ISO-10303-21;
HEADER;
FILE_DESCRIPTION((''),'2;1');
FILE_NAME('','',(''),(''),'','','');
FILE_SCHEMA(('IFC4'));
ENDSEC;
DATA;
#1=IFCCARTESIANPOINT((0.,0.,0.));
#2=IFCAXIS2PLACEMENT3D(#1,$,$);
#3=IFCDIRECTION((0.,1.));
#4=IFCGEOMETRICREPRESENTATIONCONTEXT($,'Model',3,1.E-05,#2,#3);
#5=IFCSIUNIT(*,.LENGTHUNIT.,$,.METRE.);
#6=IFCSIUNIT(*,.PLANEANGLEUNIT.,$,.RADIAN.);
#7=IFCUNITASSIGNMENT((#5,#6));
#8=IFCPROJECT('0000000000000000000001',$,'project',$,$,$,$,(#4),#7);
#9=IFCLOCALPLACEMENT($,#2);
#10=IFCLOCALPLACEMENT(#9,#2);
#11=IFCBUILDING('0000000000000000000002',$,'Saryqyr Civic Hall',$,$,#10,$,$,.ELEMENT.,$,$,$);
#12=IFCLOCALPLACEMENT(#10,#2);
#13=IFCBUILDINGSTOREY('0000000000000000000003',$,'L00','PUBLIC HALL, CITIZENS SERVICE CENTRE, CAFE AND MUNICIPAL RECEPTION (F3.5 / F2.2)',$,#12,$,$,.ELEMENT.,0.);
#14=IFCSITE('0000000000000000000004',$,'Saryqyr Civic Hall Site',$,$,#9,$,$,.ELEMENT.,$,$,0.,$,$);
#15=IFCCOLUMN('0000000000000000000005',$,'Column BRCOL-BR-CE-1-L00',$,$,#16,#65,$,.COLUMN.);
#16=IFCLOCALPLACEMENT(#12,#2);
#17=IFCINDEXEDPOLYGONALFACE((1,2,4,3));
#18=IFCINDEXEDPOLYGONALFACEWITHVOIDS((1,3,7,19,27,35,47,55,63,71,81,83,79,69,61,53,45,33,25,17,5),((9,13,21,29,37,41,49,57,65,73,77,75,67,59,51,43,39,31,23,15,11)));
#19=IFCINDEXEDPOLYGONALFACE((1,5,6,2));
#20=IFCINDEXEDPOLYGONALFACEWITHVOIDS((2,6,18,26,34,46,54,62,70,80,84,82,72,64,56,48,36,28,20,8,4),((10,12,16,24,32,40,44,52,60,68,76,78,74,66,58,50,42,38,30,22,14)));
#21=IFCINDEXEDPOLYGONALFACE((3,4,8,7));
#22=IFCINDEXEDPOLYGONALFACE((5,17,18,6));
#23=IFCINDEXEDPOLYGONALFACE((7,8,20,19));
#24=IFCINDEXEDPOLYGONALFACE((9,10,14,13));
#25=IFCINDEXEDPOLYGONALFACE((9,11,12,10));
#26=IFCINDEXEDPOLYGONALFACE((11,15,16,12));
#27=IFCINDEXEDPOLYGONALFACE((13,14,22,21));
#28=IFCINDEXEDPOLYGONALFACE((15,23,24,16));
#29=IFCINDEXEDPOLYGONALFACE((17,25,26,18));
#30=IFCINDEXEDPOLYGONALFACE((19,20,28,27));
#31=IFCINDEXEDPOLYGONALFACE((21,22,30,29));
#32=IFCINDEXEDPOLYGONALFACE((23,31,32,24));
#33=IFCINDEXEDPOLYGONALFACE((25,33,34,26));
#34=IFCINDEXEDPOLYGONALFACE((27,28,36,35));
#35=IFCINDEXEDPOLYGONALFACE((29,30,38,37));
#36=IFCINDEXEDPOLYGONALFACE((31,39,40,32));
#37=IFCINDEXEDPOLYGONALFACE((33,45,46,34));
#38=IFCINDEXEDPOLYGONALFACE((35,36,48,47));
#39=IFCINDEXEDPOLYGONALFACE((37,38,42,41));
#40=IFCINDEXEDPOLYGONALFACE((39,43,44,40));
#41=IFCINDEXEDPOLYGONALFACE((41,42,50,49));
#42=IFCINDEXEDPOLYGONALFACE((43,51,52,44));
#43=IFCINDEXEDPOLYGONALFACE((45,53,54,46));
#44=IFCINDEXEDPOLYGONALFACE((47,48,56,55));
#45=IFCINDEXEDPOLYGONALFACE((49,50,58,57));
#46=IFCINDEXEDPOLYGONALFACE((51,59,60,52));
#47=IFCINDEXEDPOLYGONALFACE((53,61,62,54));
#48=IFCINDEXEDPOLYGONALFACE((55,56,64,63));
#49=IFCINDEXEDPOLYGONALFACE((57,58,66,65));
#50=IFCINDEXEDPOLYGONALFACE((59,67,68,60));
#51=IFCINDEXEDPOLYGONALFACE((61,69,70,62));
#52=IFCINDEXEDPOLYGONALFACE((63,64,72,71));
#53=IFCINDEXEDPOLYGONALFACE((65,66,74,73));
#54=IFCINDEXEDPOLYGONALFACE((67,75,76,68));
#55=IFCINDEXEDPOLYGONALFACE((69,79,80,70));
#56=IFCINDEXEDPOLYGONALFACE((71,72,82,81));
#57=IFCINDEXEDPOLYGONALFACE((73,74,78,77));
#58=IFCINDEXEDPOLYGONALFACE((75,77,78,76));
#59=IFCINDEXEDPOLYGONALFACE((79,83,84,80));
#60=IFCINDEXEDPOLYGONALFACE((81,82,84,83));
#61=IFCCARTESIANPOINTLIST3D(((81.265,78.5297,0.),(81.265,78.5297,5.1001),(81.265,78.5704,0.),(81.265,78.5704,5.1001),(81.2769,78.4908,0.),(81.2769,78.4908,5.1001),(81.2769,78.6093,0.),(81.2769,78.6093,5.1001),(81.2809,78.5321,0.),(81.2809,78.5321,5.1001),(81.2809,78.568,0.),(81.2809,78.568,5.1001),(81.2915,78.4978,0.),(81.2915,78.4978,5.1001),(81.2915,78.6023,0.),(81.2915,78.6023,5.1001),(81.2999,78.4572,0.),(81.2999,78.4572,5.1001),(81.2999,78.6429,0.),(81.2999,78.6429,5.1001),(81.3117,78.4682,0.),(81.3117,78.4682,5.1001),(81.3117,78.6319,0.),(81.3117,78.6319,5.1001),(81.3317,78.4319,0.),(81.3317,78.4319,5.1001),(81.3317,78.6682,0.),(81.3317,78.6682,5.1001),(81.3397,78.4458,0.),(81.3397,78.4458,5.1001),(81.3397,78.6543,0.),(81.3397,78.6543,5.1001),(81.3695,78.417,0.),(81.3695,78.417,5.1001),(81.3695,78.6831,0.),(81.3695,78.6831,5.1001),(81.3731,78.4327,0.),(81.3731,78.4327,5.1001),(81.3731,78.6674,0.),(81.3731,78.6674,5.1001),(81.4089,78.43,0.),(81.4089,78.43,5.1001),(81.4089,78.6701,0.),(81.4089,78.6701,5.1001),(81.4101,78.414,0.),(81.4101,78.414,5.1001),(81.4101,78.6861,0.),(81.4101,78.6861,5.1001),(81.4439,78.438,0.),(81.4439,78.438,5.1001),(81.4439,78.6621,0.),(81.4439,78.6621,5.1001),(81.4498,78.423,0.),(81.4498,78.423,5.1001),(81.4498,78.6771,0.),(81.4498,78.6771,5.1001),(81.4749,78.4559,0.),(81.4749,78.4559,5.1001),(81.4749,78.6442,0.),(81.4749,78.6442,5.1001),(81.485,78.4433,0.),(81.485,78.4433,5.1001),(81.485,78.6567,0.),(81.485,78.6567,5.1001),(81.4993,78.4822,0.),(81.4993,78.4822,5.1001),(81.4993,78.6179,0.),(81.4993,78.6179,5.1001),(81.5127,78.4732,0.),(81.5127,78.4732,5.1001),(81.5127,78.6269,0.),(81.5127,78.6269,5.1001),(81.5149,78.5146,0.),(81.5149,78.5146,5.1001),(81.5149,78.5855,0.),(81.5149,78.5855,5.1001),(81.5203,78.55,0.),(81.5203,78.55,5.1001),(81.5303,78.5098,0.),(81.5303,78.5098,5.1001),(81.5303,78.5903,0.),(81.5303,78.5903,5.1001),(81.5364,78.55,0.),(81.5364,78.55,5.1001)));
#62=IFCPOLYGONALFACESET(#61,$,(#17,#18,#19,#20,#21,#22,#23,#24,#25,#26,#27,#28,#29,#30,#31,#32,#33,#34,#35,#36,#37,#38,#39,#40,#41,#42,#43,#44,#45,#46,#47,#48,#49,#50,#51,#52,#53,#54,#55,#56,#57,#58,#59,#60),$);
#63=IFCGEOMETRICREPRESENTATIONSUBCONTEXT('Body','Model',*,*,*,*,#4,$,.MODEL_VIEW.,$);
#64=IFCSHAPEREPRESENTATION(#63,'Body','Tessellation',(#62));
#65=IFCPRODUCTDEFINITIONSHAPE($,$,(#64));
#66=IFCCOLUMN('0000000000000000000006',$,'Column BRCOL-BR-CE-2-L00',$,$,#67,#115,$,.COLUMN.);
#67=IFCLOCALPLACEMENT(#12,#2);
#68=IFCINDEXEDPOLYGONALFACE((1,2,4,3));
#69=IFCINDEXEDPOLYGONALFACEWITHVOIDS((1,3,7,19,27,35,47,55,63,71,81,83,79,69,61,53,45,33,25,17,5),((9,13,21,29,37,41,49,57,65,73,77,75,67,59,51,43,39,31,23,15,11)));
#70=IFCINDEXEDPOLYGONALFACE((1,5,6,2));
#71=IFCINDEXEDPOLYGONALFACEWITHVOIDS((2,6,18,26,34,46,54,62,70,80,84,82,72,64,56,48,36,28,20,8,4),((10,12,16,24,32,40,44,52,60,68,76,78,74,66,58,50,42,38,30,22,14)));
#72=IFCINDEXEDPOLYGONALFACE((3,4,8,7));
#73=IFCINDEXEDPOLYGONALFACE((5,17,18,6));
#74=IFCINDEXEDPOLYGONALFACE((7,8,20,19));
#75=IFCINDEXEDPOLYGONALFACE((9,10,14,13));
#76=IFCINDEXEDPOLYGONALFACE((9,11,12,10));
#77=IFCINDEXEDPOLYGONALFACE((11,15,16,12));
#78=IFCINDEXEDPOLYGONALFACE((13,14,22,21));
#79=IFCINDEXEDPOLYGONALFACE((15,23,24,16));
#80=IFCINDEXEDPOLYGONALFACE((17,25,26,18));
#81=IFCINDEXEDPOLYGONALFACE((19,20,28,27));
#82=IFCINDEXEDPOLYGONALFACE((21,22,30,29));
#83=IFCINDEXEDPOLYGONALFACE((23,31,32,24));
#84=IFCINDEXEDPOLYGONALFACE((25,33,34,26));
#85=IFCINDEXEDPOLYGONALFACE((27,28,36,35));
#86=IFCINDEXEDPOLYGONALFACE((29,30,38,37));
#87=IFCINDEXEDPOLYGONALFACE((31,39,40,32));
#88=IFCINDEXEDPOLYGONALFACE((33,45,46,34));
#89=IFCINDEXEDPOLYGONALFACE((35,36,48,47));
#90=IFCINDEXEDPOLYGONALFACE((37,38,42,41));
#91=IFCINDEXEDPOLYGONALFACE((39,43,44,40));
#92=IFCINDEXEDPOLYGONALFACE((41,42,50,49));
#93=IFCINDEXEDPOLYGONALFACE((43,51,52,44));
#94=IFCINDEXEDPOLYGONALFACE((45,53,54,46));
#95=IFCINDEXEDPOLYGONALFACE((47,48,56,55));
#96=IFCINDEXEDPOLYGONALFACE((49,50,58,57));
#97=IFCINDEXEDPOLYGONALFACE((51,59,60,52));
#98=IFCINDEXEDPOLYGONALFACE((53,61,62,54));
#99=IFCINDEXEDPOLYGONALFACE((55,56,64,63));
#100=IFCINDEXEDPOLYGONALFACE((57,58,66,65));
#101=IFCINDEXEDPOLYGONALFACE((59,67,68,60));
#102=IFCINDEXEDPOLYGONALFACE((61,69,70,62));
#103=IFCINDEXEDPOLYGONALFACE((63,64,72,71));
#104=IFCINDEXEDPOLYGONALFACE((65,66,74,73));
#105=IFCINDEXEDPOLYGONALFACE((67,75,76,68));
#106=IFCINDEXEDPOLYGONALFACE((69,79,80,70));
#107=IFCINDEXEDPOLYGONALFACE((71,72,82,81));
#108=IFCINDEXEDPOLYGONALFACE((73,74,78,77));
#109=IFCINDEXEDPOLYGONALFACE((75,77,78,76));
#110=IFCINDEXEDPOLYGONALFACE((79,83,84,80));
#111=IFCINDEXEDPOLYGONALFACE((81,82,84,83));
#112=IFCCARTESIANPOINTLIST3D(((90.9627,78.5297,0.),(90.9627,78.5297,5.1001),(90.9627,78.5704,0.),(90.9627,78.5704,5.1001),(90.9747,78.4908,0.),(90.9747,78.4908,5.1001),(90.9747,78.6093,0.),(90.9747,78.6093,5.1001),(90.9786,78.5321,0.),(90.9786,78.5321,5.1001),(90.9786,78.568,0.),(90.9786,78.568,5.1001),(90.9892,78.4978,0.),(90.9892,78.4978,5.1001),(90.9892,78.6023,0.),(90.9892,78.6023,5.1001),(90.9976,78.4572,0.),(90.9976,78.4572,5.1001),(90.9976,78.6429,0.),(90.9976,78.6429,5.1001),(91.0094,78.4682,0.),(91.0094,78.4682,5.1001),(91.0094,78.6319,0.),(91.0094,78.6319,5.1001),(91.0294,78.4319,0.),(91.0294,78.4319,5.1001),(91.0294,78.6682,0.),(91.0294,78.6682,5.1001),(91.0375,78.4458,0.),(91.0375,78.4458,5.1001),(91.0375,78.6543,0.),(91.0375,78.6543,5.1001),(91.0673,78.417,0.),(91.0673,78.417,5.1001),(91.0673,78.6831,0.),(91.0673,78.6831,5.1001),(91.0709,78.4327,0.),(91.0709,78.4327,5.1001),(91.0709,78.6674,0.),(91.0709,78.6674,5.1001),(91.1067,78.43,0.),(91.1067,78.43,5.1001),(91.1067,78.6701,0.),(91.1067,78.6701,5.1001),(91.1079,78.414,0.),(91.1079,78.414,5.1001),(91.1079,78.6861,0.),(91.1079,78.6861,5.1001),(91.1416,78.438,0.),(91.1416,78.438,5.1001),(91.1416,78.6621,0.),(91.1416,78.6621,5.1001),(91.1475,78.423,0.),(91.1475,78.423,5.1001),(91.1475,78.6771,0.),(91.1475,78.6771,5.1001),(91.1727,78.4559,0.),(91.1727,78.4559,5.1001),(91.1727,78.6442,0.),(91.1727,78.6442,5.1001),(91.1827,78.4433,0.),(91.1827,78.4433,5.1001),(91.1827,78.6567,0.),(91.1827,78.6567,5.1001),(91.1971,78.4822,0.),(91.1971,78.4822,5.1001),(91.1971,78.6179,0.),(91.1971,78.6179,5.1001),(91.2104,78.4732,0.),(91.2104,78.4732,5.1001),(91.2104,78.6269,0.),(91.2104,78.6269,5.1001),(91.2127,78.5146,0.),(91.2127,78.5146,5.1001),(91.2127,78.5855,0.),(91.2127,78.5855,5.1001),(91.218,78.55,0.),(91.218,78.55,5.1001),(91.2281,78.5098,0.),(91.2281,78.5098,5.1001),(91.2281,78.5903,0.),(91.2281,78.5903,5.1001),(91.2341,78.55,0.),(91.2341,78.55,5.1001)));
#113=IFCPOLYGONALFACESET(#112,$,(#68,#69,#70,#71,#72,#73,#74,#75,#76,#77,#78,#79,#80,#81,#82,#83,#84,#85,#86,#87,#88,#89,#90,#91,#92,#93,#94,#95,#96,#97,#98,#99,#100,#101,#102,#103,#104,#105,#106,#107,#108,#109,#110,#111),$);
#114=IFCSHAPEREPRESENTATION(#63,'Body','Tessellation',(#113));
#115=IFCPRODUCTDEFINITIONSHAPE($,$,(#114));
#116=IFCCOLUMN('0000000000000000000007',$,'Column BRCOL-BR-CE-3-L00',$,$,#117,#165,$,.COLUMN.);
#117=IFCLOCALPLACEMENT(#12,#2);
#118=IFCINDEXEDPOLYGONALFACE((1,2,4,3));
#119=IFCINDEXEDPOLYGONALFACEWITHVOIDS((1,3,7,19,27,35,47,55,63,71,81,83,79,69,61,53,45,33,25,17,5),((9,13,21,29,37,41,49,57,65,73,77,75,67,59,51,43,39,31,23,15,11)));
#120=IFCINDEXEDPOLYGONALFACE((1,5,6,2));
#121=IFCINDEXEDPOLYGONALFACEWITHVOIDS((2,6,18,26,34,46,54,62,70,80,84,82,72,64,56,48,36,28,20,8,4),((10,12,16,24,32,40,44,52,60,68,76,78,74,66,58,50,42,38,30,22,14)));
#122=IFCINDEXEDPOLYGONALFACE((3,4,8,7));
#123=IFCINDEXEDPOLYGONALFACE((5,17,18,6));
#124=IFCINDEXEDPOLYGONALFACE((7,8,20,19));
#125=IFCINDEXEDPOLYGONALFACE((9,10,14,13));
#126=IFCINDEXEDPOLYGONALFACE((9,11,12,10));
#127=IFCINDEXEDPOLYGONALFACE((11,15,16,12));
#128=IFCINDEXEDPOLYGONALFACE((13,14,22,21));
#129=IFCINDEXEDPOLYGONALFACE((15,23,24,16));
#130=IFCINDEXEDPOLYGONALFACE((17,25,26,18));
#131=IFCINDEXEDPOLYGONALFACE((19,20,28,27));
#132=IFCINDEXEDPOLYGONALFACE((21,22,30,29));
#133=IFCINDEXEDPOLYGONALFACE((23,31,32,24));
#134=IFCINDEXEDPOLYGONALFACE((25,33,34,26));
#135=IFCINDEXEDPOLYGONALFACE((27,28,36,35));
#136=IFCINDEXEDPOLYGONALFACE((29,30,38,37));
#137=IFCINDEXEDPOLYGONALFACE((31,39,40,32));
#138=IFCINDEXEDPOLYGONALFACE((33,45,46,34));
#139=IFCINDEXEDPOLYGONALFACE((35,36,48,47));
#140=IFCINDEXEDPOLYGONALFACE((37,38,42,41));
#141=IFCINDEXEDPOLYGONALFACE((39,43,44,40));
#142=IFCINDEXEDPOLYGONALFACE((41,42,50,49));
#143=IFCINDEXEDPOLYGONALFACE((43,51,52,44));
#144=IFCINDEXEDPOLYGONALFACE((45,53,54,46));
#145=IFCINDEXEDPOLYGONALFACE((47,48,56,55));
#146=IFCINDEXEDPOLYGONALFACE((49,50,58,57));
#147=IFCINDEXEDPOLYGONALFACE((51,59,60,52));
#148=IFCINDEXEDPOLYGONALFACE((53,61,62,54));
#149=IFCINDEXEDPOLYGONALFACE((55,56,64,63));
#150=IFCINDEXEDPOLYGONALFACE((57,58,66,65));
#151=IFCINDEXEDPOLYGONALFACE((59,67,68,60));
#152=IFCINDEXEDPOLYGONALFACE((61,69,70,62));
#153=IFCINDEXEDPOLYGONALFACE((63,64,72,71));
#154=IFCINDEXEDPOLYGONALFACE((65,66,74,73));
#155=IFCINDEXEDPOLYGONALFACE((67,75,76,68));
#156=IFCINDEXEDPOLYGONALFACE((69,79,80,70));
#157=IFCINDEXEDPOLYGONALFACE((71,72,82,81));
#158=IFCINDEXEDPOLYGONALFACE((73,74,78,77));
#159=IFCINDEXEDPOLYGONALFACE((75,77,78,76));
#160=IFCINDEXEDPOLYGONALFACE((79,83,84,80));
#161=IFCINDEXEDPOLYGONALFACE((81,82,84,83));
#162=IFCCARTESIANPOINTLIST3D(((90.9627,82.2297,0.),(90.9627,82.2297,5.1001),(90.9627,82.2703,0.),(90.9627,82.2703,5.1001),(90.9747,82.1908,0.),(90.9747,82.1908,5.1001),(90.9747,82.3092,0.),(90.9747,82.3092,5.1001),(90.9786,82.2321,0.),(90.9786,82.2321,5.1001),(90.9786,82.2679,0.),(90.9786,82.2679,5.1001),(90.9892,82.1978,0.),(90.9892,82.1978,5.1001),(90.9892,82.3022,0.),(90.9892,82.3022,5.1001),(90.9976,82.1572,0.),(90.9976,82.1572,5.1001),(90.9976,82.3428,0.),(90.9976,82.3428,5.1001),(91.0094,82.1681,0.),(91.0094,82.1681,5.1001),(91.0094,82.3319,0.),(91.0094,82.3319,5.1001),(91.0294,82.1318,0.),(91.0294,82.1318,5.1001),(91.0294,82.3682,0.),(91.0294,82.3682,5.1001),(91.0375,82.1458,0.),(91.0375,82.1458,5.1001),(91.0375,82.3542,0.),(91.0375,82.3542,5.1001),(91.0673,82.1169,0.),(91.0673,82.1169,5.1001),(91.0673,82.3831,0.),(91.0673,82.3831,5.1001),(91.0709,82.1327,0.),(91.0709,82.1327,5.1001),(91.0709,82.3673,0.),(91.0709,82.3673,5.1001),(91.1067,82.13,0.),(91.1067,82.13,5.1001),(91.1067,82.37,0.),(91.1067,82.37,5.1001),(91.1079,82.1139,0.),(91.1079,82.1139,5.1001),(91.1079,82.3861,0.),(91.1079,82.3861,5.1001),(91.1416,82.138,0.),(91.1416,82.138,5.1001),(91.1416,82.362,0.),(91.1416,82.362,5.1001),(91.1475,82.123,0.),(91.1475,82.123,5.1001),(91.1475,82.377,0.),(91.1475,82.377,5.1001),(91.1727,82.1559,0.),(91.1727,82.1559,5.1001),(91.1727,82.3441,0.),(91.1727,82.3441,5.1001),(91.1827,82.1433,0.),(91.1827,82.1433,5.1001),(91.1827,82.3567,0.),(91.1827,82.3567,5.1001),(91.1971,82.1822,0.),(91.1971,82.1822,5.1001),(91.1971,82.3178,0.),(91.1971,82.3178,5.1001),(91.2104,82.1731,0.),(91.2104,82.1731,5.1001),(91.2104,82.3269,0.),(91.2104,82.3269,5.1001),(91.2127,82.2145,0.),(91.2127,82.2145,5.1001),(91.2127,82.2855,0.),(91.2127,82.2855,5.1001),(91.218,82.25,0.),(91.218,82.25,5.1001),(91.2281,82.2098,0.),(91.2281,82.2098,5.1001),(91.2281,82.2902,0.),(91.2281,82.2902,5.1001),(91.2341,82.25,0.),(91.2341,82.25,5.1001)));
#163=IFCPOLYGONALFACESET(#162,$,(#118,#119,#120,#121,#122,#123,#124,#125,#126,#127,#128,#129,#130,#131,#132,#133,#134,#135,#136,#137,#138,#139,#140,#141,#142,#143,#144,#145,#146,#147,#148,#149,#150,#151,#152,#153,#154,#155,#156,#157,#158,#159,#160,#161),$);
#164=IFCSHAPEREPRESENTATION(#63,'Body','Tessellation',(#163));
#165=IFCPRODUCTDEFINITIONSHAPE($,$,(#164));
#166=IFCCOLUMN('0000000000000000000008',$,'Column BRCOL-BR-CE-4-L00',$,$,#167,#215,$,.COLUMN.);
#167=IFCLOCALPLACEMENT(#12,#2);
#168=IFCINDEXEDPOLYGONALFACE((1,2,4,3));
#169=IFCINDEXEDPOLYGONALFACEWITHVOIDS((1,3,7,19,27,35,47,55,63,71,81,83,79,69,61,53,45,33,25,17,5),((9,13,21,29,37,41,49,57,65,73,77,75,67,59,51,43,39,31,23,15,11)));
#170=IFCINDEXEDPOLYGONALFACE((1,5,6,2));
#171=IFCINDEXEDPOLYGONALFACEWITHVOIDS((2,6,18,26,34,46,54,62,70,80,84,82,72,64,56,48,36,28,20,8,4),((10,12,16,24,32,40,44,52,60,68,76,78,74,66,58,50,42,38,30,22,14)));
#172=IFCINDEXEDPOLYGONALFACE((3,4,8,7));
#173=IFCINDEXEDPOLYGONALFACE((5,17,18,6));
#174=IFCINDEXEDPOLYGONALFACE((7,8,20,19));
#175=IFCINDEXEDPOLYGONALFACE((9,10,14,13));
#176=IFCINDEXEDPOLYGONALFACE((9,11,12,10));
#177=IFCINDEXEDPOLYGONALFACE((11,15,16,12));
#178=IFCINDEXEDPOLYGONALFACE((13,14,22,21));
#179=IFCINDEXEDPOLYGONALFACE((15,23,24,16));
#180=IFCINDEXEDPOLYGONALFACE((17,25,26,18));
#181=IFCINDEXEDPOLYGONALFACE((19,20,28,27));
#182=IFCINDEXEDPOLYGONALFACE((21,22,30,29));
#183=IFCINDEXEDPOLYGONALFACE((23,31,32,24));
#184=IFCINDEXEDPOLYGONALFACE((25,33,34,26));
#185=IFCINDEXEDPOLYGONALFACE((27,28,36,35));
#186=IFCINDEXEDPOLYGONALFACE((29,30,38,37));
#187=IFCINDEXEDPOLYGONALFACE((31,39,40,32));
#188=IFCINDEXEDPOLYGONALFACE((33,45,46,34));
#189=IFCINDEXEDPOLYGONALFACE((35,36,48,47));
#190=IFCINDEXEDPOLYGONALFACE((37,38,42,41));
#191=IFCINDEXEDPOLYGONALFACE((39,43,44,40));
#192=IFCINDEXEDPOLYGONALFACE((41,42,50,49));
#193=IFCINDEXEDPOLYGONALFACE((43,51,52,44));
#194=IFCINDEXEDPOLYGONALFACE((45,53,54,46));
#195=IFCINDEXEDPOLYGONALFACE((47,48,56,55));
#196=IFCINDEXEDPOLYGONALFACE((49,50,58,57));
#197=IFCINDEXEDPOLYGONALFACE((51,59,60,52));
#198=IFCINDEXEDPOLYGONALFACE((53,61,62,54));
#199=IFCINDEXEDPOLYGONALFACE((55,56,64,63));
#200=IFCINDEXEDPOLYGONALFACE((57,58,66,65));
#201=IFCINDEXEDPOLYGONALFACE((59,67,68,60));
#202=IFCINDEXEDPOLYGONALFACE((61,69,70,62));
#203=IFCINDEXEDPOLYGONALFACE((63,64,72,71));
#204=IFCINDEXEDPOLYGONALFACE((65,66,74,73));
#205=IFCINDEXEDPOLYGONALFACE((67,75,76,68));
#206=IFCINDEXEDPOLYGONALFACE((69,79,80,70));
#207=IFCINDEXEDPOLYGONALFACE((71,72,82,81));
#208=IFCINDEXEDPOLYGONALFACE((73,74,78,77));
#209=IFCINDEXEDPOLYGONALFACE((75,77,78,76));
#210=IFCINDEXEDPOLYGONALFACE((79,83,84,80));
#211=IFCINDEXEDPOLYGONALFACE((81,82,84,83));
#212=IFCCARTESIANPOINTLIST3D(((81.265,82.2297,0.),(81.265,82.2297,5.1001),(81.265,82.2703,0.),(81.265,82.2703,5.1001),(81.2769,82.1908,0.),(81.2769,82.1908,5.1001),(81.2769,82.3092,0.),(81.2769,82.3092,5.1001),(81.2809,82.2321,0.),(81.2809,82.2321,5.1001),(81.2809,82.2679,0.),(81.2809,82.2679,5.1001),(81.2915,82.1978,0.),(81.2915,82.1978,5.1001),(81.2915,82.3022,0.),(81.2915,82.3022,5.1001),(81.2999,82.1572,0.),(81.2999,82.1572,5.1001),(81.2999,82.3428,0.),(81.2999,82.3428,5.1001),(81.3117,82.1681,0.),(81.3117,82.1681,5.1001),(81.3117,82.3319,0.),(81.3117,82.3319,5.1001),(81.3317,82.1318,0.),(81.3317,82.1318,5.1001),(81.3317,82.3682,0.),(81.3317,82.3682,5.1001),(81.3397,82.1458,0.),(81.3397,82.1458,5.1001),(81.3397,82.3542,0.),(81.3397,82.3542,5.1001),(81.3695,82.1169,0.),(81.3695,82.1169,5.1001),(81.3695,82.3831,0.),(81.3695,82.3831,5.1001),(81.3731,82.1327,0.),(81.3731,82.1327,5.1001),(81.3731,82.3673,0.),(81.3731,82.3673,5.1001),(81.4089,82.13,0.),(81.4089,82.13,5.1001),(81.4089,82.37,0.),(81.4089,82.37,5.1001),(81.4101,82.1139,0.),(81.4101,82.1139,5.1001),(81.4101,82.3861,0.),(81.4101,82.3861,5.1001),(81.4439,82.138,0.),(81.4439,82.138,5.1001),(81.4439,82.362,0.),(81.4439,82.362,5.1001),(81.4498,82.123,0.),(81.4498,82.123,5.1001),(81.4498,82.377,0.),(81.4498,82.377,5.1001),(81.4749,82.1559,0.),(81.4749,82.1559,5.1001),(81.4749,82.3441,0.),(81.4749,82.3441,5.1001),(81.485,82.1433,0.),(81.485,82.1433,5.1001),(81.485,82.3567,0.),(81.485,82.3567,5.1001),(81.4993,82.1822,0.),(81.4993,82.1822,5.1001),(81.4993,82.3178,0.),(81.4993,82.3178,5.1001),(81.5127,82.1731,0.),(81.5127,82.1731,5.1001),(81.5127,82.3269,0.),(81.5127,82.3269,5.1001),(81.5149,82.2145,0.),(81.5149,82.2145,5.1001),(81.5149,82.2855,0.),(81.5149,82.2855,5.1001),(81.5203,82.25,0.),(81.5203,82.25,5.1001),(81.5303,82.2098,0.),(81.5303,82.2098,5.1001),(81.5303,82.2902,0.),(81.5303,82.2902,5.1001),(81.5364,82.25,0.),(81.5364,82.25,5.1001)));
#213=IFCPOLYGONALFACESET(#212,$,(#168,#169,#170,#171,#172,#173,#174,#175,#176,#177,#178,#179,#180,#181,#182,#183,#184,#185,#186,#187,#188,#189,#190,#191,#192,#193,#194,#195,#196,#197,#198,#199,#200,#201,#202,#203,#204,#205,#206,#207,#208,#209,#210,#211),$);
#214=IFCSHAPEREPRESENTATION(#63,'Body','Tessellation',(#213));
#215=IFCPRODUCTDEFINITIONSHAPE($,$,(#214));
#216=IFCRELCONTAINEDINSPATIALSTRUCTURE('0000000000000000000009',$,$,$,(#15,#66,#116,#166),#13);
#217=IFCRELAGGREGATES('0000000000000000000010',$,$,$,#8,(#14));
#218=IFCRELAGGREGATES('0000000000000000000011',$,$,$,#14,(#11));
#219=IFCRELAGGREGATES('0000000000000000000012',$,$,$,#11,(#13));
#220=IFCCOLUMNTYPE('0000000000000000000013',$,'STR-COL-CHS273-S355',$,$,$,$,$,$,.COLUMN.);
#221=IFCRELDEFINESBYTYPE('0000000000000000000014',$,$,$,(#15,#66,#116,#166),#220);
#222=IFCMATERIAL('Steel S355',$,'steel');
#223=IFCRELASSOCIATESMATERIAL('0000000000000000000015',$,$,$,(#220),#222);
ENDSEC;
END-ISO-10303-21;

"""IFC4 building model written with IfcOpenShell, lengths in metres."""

from ifc_helpers import new_model, si_unit, direction, frame, origin, origin_2d, place, context, subcontext, project, spatial, hollow_circle, extrude, material, material_profile, profile_set, type_object, element, save


model = new_model("IFC4")

# Units and contexts
model_context = context("Model", 3, precision=1e-05, world=origin(), true_north=direction((0.0, 1.0)))
body_context = subcontext(model_context, "Body", "Model", "MODEL_VIEW")
ifc_project = project(units=[si_unit("LENGTHUNIT", "METRE"), si_unit("PLANEANGLEUNIT", "RADIAN")], contexts=[model_context])

# Site, building, storey
site_placement = place(None, origin())
site = spatial("IfcSite", under=ifc_project, at=site_placement, Name="Saryqyr Civic Hall Site", CompositionType="ELEMENT", RefElevation=0.0)
building_placement = place(site_placement, origin())
building = spatial("IfcBuilding", under=site, at=building_placement, Name="Saryqyr Civic Hall", CompositionType="ELEMENT")
storey_placement = place(building_placement, origin())
storey = spatial("IfcBuildingStorey", under=building, at=storey_placement, Name="L00", Description="PUBLIC HALL, CITIZENS SERVICE CENTRE, CAFE AND MUNICIPAL RECEPTION (F3.5 / F2.2)", CompositionType="ELEMENT", Elevation=0.0)

# Columns
ifc_material_1 = material(Name="Steel S355", Category="steel")
ifc_material_profile_1 = material_profile(ifc_material_1, hollow_circle(Radius=0.1365, WallThickness=0.0161, at=origin_2d()), Name="CHS 273x16")
ifc_profile_set_1 = profile_set([ifc_material_profile_1], Name="Steel S355")
column_type_1 = type_object("IfcColumnType", Name="STR-COL-CHS273-S355", PredefinedType="COLUMN", material=ifc_profile_set_1)
for number, where, z_axis, x_axis, name in (
    (1, (81.3999, 78.55, 0.0), (0.0, 0.0, 1.0), (1.0, 0.0, 0.0), "Column BRCOL-BR-CE-1-L00"),
    (2, (91.0977, 78.55, 0.0), (0.0, 0.0, 1.0), (1.0, 0.0, 0.0), "Column BRCOL-BR-CE-2-L00"),
    (3, (91.0977, 82.25, 0.0), (0.0, 0.0, 1.0), (1.0, 0.0, 0.0), "Column BRCOL-BR-CE-3-L00"),
    (4, (81.3999, 82.25, 0.0), (0.0, 0.0, 1.0), (1.0, 0.0, 0.0), "Column BRCOL-BR-CE-4-L00"),
):
    element("IfcColumn", number, at=place(storey_placement, frame(where, z_axis=z_axis, x_axis=x_axis)), inside=storey, type_object=column_type_1, Name=name, PredefinedType="COLUMN", context=body_context, shape_type="SweptSolid", body=[
        extrude(hollow_circle(Radius=0.1365, WallThickness=0.0161, at=origin_2d()), origin(), (0.0, 0.0, 1.0), 5.1001),
    ])

save(model, "model.ifc")
